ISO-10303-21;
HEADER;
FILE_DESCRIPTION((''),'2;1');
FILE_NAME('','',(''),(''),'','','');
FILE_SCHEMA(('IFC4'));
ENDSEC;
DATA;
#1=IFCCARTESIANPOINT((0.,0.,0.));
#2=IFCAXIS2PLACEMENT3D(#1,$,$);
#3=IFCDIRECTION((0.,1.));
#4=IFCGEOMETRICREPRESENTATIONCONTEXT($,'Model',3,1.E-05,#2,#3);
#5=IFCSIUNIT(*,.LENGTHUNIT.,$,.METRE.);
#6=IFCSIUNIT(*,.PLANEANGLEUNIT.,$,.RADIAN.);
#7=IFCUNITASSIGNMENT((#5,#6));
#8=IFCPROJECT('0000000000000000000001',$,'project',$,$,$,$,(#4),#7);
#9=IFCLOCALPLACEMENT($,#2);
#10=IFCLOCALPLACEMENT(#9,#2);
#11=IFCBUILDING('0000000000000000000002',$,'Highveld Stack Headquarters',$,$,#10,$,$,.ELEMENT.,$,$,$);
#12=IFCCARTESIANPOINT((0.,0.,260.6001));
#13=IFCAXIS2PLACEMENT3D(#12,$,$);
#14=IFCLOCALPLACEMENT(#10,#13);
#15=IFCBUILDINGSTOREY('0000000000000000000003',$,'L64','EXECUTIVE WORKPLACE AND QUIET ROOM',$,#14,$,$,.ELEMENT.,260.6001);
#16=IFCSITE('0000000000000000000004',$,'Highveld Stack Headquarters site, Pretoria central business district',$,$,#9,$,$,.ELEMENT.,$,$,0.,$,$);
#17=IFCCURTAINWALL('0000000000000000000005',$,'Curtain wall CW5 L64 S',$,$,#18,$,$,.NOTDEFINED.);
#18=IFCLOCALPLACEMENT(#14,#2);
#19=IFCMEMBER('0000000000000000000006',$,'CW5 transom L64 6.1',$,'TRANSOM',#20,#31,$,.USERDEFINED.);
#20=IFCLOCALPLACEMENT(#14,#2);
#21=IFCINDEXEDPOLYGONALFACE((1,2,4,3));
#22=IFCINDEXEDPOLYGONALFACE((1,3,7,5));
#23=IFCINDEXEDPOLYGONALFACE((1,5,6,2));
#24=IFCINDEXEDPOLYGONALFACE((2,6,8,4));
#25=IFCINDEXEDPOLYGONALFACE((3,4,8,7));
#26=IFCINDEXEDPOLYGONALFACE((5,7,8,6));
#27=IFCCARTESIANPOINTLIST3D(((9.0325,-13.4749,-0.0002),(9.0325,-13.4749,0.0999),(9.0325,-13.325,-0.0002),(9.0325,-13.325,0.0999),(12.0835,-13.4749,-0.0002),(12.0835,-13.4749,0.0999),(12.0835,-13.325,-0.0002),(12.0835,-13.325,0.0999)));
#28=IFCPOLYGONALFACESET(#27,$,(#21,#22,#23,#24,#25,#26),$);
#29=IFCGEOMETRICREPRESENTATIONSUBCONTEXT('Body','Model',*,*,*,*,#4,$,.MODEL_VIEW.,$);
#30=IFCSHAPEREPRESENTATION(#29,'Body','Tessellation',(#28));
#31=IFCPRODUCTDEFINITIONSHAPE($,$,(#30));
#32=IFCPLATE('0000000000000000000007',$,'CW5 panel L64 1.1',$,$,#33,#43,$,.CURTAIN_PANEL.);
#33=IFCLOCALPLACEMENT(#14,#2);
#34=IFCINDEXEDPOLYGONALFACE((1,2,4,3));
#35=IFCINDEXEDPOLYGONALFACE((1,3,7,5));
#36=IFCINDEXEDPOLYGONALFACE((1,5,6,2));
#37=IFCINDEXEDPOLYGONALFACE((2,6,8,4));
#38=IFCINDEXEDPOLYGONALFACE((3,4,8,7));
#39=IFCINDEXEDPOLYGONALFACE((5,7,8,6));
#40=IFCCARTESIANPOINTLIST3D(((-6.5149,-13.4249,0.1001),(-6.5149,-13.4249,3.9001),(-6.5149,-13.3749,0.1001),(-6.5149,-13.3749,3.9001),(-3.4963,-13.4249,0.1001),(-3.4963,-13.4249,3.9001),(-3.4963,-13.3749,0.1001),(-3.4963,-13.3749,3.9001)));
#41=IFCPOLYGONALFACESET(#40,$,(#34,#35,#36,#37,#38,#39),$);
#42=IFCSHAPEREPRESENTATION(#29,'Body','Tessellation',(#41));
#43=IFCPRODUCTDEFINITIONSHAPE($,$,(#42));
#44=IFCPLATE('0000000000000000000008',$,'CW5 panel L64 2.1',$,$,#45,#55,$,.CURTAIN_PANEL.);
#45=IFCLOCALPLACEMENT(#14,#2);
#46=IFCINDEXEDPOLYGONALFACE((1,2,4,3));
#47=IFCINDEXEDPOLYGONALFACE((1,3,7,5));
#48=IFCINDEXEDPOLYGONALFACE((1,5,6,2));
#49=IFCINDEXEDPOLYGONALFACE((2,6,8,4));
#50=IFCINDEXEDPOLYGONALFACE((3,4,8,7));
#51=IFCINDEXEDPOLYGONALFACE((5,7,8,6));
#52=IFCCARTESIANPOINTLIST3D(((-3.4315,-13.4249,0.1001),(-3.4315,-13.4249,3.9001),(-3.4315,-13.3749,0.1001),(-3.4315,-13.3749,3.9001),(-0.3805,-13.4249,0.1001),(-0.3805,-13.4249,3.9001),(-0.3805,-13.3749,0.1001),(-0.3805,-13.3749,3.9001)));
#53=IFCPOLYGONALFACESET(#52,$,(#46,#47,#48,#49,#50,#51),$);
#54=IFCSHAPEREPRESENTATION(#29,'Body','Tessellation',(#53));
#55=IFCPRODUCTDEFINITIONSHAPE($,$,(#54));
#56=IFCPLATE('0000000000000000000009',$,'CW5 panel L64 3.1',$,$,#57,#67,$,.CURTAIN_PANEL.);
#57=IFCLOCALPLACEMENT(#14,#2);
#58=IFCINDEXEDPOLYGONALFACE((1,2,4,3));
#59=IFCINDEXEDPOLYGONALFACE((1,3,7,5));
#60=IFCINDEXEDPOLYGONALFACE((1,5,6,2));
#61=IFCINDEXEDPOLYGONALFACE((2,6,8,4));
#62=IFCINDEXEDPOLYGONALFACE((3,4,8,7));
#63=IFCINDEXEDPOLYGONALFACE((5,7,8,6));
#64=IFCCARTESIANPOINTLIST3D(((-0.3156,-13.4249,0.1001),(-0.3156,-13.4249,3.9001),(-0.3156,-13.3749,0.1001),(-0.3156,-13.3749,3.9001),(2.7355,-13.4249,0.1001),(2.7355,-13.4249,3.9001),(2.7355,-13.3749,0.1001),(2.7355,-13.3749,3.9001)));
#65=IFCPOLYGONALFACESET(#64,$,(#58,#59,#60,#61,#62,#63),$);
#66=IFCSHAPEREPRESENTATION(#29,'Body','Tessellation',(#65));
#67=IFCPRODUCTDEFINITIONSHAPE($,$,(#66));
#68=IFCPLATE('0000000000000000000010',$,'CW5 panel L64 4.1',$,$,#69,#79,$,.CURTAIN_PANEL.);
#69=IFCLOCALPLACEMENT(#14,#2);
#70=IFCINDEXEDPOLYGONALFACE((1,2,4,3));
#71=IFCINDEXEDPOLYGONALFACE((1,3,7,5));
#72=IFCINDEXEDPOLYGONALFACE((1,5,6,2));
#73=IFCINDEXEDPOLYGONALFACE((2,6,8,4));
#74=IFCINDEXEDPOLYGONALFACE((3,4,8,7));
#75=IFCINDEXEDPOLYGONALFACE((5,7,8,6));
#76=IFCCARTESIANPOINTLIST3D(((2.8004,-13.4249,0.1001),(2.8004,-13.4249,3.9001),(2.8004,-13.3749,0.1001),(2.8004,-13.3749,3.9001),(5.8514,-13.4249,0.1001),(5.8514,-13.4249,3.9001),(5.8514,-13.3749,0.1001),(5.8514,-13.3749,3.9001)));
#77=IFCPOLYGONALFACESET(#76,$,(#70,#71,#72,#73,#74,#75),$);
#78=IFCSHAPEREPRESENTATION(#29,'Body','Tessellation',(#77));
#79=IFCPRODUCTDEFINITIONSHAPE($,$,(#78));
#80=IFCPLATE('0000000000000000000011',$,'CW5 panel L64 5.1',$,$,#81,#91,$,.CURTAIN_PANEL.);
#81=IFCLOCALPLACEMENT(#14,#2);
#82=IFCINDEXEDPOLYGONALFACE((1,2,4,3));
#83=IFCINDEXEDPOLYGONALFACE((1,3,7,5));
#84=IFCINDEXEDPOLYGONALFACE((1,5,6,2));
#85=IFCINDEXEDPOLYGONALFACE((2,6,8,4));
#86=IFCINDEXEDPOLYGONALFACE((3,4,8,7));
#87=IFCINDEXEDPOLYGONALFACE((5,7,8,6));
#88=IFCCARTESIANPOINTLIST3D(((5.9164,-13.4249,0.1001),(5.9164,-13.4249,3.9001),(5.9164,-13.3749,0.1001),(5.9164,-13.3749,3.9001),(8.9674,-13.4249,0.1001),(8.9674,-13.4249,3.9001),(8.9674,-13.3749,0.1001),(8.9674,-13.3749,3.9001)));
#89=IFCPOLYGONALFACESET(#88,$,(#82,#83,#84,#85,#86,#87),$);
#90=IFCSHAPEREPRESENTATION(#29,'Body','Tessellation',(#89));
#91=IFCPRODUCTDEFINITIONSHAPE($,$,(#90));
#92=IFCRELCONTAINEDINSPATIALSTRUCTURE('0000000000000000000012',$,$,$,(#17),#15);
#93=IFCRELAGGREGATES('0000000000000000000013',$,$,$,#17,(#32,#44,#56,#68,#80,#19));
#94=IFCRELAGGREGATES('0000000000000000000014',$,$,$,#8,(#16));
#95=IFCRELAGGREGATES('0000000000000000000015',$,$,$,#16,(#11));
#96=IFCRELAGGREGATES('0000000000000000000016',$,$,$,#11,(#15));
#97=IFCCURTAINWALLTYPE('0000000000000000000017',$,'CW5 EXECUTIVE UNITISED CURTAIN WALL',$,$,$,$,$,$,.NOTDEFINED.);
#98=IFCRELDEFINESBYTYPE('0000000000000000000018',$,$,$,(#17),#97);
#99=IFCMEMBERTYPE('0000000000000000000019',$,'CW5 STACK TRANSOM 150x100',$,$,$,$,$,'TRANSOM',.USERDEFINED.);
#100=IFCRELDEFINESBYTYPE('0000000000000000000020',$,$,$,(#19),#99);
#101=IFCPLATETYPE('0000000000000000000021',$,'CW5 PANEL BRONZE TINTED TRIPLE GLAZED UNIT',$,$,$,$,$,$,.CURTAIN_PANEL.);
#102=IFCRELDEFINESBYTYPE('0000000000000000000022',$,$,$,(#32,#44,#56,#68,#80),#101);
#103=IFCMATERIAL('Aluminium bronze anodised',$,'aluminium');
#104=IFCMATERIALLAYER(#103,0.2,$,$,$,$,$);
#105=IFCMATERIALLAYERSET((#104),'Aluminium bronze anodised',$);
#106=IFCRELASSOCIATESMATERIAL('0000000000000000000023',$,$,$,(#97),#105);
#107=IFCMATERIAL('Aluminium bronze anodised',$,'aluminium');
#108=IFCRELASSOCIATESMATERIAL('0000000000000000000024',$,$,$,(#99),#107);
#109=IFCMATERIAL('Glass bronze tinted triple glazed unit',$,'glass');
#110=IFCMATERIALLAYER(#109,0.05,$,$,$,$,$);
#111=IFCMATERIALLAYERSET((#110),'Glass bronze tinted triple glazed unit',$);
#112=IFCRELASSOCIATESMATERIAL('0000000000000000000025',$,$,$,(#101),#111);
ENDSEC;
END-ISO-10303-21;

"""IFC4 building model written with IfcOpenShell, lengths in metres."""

from ifc_helpers import new_model, si_unit, direction, frame, origin, origin_2d, place, context, subcontext, project, spatial, rectangle, extrude, material, layer, layer_set, material_profile, profile_set, type_object, element, aggregate, save


model = new_model("IFC4")

# Units and contexts
model_context = context("Model", 3, precision=1e-05, world=origin(), true_north=direction((0.0, 1.0)))
body_context = subcontext(model_context, "Body", "Model", "MODEL_VIEW")
ifc_project = project(units=[si_unit("LENGTHUNIT", "METRE"), si_unit("PLANEANGLEUNIT", "RADIAN")], contexts=[model_context])

# Site, building, storey
site_placement = place(None, origin())
site = spatial("IfcSite", under=ifc_project, at=site_placement, Name="Highveld Stack Headquarters site, Pretoria central business district", CompositionType="ELEMENT", RefElevation=0.0)
building_placement = place(site_placement, origin())
building = spatial("IfcBuilding", under=site, at=building_placement, Name="Highveld Stack Headquarters", CompositionType="ELEMENT")
storey_placement = place(building_placement, frame((0.0, 0.0, 260.6001)))
storey = spatial("IfcBuildingStorey", under=building, at=storey_placement, Name="L64", Description="EXECUTIVE WORKPLACE AND QUIET ROOM", CompositionType="ELEMENT", Elevation=260.6001)

# Curtain wall, member, plates
ifc_material_1 = material(Name="Aluminium bronze anodised", Category="aluminium")
ifc_layer_1 = layer(ifc_material_1, 0.2)
ifc_layer_set_1 = layer_set([ifc_layer_1], Name="Aluminium bronze anodised")
curtain_wall_type = type_object("IfcCurtainWallType", Name="CW5 EXECUTIVE UNITISED CURTAIN WALL", PredefinedType="NOTDEFINED", material=ifc_layer_set_1)
curtain_wall_placement = place(storey_placement, origin())
curtain_wall = element("IfcCurtainWall", 1, at=curtain_wall_placement, inside=storey, type_object=curtain_wall_type, Name="Curtain wall CW5 L64 S", PredefinedType="NOTDEFINED")
ifc_material_2 = material(Name="Aluminium bronze anodised", Category="aluminium")
ifc_material_profile_1 = material_profile(ifc_material_2, rectangle(XDim=0.1499, YDim=0.1001, at=origin_2d()), Name="CW5 TRANSOM 150x100")
ifc_profile_set_1 = profile_set([ifc_material_profile_1], Name="Aluminium bronze anodised")
member_type_1 = type_object("IfcMemberType", Name="CW5 STACK TRANSOM 150x100", ElementType="TRANSOM", PredefinedType="USERDEFINED", material=ifc_profile_set_1)
member_1_placement = place(storey_placement, frame((9.0325, -13.3999, 0.0498), z_axis=(1.0, 0.0, 0.0), x_axis=(0.0, 1.0, 0.0)))
member_1 = element("IfcMember", 2, at=member_1_placement, type_object=member_type_1, Name="CW5 transom L64 6.1", ObjectType="TRANSOM", PredefinedType="USERDEFINED", context=body_context, shape_type="SweptSolid", body=[
    extrude(rectangle(XDim=0.1499, YDim=0.1001, at=origin_2d()), origin(), (0.0, 0.0, 1.0), 3.051),
])
ifc_material_3 = material(Name="Glass bronze tinted triple glazed unit", Category="glass")
ifc_layer_2 = layer(ifc_material_3, 0.05)
ifc_layer_set_2 = layer_set([ifc_layer_2], Name="Glass bronze tinted triple glazed unit")
plate_type = type_object("IfcPlateType", Name="CW5 PANEL BRONZE TINTED TRIPLE GLAZED UNIT", PredefinedType="CURTAIN_PANEL", material=ifc_layer_set_2)
plate_1_placement = place(storey_placement, frame((-5.0056, -13.3999, 0.1001), z_axis=(0.0, 0.0, 1.0), x_axis=(1.0, 0.0, 0.0)))
plate_1 = element("IfcPlate", 3, at=plate_1_placement, type_object=plate_type, Name="CW5 panel L64 1.1", PredefinedType="CURTAIN_PANEL", context=body_context, shape_type="SweptSolid", body=[
    extrude(rectangle(XDim=3.0186, YDim=0.05, at=origin_2d()), origin(), (0.0, 0.0, 1.0), 3.8),
])
plate_2_placement = place(storey_placement, frame((-1.906, -13.3999, 0.1001), z_axis=(0.0, 0.0, 1.0), x_axis=(1.0, 0.0, 0.0)))
plate_2 = element("IfcPlate", 4, at=plate_2_placement, type_object=plate_type, Name="CW5 panel L64 2.1", PredefinedType="CURTAIN_PANEL", context=body_context, shape_type="SweptSolid", body=[
    extrude(rectangle(XDim=3.051, YDim=0.05, at=origin_2d()), origin(), (0.0, 0.0, 1.0), 3.8),
])
plate_3_placement = place(storey_placement, frame((1.21, -13.3999, 0.1001), z_axis=(0.0, 0.0, 1.0), x_axis=(1.0, 0.0, 0.0)))
plate_3 = element("IfcPlate", 5, at=plate_3_placement, type_object=plate_type, Name="CW5 panel L64 3.1", PredefinedType="CURTAIN_PANEL", context=body_context, shape_type="SweptSolid", body=[
    extrude(rectangle(XDim=3.051, YDim=0.05, at=origin_2d()), origin(), (0.0, 0.0, 1.0), 3.8),
])
plate_4_placement = place(storey_placement, frame((4.3259, -13.3999, 0.1001), z_axis=(0.0, 0.0, 1.0), x_axis=(1.0, 0.0, 0.0)))
plate_4 = element("IfcPlate", 6, at=plate_4_placement, type_object=plate_type, Name="CW5 panel L64 4.1", PredefinedType="CURTAIN_PANEL", context=body_context, shape_type="SweptSolid", body=[
    extrude(rectangle(XDim=3.051, YDim=0.05, at=origin_2d()), origin(), (0.0, 0.0, 1.0), 3.8),
])
plate_5_placement = place(storey_placement, frame((7.4419, -13.3999, 0.1001), z_axis=(0.0, 0.0, 1.0), x_axis=(1.0, 0.0, 0.0)))
plate_5 = element("IfcPlate", 7, at=plate_5_placement, type_object=plate_type, Name="CW5 panel L64 5.1", PredefinedType="CURTAIN_PANEL", context=body_context, shape_type="SweptSolid", body=[
    extrude(rectangle(XDim=3.051, YDim=0.05, at=origin_2d()), origin(), (0.0, 0.0, 1.0), 3.8),
])
aggregate(curtain_wall, [plate_1, plate_2, plate_3, plate_4, plate_5, member_1])

save(model, "model.ifc")
